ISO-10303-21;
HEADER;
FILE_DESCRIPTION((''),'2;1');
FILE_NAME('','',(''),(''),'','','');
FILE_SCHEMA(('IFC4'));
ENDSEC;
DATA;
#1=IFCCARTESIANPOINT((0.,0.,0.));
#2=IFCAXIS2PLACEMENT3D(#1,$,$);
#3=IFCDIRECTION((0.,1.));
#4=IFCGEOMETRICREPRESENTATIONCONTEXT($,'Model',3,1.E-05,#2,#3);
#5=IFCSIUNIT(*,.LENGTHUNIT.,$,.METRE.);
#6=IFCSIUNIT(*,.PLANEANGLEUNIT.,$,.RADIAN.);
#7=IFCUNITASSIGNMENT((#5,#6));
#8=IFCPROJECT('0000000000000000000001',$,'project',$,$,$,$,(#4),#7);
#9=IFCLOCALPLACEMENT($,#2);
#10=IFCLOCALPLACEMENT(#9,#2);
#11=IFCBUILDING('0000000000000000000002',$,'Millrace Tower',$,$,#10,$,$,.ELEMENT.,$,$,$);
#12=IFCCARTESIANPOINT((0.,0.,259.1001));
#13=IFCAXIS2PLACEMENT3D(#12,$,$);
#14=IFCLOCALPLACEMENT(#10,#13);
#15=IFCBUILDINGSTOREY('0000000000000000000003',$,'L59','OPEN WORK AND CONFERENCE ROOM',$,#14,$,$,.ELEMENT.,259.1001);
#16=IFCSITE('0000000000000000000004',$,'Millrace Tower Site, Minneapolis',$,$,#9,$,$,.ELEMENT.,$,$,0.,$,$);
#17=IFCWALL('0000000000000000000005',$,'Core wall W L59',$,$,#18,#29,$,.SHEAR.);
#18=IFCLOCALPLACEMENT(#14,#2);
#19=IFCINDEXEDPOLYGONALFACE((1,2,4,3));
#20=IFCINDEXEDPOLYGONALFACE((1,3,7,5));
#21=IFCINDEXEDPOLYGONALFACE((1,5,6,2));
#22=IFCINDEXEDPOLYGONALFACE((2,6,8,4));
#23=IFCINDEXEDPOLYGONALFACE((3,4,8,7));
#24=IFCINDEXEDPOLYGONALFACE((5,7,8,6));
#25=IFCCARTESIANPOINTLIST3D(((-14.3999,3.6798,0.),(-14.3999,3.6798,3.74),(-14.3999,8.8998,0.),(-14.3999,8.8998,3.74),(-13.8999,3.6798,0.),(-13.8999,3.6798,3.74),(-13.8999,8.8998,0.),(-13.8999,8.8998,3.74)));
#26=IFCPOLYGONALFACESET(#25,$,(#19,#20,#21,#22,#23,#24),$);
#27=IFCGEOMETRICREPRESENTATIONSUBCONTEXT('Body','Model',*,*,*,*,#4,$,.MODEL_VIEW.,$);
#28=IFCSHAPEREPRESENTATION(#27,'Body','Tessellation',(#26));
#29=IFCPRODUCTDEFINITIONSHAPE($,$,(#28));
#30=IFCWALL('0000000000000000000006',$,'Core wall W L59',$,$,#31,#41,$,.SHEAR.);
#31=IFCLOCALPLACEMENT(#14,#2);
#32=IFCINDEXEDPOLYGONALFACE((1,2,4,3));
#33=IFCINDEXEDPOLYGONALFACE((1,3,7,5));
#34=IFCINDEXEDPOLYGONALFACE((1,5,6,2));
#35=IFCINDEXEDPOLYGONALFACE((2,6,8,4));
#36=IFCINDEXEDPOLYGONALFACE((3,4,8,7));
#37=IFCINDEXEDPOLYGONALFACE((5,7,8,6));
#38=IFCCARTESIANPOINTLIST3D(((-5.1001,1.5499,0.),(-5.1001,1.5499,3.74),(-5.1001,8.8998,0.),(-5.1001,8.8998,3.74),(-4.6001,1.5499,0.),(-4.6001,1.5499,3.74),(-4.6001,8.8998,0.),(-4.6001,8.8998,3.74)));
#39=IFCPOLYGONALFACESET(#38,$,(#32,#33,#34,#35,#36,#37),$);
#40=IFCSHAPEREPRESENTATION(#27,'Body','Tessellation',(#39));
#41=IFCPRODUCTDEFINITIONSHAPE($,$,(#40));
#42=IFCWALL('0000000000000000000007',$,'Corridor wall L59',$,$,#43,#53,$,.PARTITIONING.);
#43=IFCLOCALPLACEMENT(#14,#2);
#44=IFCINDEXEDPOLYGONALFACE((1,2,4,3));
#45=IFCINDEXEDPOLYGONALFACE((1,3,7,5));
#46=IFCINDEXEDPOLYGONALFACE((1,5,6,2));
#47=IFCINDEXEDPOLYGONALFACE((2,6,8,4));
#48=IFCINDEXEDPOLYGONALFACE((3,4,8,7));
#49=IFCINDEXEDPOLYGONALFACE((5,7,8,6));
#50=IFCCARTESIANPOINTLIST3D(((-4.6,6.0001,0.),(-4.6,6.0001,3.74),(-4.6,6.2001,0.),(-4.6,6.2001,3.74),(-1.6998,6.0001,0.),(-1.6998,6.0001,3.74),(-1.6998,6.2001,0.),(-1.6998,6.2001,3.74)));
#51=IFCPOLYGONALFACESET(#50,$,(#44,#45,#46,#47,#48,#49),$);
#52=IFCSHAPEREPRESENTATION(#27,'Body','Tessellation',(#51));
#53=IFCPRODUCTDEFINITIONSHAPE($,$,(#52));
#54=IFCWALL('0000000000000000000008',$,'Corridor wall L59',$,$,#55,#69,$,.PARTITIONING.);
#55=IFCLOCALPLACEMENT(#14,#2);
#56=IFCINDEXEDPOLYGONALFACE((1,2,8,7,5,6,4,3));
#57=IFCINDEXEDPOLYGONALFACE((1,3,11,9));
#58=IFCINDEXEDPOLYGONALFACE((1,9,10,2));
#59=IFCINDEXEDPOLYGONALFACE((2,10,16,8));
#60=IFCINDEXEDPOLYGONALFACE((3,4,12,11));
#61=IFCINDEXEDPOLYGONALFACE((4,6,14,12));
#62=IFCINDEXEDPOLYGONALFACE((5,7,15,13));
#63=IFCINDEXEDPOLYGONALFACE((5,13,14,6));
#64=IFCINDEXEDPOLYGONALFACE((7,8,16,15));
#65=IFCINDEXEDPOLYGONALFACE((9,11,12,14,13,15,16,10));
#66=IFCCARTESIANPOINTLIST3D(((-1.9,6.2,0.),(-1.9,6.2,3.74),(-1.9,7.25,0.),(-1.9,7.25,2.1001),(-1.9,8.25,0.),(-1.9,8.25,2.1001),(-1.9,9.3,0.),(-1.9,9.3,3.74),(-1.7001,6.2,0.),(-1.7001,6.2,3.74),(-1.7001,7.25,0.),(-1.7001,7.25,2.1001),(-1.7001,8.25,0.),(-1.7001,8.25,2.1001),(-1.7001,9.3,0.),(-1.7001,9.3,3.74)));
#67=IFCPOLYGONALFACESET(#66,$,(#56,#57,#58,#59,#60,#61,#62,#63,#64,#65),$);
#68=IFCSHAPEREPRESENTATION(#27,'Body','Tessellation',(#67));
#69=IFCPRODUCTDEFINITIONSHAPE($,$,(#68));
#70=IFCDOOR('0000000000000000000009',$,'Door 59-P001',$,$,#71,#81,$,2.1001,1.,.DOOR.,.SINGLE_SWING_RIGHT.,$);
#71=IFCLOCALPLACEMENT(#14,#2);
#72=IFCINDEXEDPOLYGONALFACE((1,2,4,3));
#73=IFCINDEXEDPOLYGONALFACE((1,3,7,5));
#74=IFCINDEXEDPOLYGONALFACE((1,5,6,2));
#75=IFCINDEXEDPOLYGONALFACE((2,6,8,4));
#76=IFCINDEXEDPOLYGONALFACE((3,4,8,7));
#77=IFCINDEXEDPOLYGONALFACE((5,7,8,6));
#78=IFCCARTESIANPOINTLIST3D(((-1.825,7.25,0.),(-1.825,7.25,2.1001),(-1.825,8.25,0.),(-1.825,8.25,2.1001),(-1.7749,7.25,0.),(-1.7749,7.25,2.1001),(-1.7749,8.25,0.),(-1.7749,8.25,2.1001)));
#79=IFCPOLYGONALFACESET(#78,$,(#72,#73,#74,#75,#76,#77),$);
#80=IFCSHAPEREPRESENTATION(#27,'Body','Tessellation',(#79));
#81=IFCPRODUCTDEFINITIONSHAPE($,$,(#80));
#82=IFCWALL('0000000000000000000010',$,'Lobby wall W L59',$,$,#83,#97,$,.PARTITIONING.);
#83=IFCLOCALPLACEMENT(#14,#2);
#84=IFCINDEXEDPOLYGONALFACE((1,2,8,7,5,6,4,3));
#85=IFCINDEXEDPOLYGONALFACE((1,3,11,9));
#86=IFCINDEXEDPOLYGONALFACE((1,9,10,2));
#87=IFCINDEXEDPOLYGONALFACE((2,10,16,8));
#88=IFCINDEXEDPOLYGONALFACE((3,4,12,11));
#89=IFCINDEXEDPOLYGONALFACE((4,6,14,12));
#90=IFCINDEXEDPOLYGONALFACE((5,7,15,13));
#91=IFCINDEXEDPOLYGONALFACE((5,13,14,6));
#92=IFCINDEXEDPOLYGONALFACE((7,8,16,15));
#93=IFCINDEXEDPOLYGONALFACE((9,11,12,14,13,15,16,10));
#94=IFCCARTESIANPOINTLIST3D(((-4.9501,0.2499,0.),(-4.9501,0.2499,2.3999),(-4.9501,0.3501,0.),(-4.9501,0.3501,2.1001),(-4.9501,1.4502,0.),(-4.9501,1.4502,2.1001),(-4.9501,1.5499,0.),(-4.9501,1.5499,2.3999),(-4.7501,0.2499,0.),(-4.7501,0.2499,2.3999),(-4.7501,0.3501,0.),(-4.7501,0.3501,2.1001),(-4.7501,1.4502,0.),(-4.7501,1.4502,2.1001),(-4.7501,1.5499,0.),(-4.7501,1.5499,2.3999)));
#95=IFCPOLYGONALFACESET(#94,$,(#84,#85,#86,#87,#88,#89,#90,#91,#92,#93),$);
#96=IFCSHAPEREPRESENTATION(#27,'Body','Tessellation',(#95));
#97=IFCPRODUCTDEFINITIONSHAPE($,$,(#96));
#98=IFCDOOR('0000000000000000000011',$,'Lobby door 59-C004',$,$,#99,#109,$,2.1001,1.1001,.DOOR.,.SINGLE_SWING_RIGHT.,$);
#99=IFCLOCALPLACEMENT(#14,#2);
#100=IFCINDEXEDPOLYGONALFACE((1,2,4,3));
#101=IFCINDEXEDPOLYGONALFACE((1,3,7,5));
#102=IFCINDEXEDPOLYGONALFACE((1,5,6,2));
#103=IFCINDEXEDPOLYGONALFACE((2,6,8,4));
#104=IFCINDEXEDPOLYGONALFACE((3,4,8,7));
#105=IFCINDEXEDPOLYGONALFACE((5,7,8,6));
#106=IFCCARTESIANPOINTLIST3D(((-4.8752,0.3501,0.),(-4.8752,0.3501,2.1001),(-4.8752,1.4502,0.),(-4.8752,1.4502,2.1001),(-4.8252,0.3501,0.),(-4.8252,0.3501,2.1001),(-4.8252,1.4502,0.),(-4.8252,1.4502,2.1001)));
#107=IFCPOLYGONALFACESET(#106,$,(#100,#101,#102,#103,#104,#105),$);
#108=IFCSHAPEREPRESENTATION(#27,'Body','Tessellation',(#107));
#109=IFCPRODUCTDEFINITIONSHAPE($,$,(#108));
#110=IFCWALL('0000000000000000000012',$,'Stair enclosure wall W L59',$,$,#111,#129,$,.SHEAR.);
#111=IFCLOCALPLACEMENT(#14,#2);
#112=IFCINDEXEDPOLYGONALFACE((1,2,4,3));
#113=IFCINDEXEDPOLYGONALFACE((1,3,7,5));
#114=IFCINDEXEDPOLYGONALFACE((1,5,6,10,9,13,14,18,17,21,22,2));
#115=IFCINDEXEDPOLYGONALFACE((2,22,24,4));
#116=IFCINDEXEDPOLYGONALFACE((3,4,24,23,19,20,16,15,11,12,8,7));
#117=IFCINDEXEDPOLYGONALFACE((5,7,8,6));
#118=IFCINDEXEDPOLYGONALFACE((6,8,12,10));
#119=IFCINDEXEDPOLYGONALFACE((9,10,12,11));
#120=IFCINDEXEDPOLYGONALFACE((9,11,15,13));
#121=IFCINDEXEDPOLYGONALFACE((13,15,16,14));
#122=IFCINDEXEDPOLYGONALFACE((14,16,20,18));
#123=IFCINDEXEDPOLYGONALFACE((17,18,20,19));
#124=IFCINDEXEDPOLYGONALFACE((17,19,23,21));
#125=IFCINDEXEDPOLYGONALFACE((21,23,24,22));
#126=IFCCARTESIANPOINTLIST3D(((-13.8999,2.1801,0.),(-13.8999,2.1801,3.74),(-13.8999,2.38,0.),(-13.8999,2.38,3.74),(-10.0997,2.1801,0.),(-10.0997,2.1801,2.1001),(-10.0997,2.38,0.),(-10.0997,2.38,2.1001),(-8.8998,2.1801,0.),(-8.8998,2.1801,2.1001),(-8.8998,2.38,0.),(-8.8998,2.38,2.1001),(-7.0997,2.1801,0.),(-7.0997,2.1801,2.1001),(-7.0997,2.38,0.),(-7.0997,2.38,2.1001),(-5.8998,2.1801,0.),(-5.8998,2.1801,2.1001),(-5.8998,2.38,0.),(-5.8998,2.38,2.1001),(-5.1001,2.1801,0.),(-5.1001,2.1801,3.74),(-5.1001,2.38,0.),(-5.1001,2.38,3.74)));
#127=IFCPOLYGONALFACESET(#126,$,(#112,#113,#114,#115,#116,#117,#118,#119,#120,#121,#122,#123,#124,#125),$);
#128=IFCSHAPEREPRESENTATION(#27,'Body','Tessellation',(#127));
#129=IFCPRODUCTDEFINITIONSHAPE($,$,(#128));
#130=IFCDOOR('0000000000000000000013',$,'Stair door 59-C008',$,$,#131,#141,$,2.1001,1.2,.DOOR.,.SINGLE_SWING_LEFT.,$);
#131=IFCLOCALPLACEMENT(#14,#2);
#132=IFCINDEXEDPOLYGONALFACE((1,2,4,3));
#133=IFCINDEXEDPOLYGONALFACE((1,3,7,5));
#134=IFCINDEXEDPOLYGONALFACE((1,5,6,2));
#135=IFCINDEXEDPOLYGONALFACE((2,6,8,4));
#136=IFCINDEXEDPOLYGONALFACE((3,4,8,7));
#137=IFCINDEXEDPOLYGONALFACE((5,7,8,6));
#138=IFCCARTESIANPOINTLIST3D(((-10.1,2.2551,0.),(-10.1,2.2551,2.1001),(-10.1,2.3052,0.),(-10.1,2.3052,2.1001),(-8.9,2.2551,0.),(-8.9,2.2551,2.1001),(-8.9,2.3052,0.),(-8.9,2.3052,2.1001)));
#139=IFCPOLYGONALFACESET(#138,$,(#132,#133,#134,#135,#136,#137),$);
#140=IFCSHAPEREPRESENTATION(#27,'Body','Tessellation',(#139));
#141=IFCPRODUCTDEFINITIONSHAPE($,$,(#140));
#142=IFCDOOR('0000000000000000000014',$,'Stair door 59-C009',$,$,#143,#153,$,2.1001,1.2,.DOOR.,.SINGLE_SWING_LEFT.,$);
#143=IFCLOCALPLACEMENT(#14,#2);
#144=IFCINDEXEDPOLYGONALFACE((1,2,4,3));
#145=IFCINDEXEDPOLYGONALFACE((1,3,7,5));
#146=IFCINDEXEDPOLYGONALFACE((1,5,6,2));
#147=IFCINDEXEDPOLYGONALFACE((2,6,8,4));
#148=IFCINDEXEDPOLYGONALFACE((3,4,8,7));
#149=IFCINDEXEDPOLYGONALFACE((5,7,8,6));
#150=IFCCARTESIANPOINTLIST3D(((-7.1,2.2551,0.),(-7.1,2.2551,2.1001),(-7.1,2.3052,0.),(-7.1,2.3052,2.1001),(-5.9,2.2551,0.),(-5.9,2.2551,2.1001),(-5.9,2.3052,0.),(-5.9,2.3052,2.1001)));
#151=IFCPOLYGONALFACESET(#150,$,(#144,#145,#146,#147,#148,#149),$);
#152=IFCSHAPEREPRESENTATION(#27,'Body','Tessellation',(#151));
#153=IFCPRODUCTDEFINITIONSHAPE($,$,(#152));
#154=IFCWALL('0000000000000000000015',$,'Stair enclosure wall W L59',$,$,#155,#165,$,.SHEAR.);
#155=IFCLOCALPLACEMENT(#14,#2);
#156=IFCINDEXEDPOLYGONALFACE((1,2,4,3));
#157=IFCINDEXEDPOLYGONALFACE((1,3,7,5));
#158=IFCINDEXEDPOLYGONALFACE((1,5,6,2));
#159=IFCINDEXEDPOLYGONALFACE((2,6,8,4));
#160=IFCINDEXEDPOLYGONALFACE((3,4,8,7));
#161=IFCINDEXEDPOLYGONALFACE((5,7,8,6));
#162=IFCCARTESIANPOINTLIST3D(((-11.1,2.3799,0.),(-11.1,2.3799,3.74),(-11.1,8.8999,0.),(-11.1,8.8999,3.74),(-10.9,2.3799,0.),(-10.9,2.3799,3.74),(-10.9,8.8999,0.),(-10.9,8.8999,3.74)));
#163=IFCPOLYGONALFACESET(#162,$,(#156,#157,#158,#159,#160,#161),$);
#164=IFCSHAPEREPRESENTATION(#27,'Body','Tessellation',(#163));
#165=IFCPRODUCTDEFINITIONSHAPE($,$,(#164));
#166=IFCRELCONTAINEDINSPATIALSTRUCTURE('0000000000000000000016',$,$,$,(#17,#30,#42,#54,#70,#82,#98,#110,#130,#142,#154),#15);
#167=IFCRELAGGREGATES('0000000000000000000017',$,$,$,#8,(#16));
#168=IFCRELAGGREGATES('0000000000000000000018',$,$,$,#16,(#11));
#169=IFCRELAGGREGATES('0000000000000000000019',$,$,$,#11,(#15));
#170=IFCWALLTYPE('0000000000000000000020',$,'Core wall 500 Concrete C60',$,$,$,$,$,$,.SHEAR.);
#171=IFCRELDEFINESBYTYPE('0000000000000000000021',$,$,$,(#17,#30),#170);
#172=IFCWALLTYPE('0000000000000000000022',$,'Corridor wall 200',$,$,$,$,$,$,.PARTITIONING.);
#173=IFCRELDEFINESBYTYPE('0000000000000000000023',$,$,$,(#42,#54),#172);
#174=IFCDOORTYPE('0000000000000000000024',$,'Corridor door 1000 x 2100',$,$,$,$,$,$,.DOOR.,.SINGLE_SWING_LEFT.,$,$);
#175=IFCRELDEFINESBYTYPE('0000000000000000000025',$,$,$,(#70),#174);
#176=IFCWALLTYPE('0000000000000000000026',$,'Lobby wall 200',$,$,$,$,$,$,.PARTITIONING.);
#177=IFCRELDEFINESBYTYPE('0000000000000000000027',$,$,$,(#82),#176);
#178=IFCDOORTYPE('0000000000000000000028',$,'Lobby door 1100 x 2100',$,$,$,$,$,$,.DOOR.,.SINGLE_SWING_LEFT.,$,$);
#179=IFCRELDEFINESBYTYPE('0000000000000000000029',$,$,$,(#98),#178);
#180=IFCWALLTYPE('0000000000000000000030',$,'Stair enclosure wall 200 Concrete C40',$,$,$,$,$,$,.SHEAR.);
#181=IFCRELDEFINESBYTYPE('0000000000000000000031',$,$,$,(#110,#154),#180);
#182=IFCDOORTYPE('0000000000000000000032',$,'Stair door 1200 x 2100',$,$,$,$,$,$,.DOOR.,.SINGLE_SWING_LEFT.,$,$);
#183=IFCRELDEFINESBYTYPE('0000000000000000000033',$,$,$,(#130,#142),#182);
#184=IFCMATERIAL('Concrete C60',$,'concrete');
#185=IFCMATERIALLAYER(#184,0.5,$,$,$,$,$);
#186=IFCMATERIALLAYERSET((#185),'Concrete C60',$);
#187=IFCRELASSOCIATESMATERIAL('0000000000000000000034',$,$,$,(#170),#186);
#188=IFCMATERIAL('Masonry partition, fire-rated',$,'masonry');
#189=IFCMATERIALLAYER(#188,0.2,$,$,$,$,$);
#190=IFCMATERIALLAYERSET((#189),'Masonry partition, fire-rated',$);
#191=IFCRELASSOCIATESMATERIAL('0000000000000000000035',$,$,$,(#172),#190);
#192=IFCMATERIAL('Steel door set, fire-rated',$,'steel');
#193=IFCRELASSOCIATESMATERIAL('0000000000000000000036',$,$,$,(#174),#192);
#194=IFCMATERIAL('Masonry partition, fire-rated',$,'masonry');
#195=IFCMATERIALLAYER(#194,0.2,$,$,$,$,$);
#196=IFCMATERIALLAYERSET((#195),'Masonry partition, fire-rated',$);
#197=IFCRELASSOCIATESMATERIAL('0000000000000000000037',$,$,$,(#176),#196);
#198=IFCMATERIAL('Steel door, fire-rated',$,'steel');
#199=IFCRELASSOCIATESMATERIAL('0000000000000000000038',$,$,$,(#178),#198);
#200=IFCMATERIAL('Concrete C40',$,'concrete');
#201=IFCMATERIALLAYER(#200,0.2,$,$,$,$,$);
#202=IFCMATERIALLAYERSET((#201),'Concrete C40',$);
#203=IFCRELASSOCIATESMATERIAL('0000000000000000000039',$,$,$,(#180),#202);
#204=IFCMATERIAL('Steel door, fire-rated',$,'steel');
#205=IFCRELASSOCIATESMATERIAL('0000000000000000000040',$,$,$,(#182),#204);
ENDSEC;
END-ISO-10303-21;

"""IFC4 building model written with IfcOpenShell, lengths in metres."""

from ifc_helpers import new_model, si_unit, direction, frame, frame_2d, origin, place, context, subcontext, project, spatial, rectangle, extrude, material, layer, layer_set, type_object, element, fill, save


model = new_model("IFC4")

# Units and contexts
model_context = context("Model", 3, precision=1e-05, world=origin(), true_north=direction((0.0, 1.0)))
body_context = subcontext(model_context, "Body", "Model", "MODEL_VIEW")
ifc_project = project(units=[si_unit("LENGTHUNIT", "METRE"), si_unit("PLANEANGLEUNIT", "RADIAN")], contexts=[model_context])

# Site, building, storey
site_placement = place(None, origin())
site = spatial("IfcSite", under=ifc_project, at=site_placement, Name="Millrace Tower Site, Minneapolis", CompositionType="ELEMENT", RefElevation=0.0)
building_placement = place(site_placement, origin())
building = spatial("IfcBuilding", under=site, at=building_placement, Name="Millrace Tower", CompositionType="ELEMENT")
storey_placement = place(building_placement, frame((0.0, 0.0, 259.1001)))
storey = spatial("IfcBuildingStorey", under=building, at=storey_placement, Name="L59", Description="OPEN WORK AND CONFERENCE ROOM", CompositionType="ELEMENT", Elevation=259.1001)

# Walls
ifc_material_1 = material(Name="Concrete C60", Category="concrete")
ifc_layer_1 = layer(ifc_material_1, 0.5)
ifc_layer_set_1 = layer_set([ifc_layer_1], Name="Concrete C60")
wall_type_1 = type_object("IfcWallType", Name="Core wall 500 Concrete C60", PredefinedType="SHEAR", material=ifc_layer_set_1)
wall_1_placement = place(storey_placement, frame((-14.1499, 3.6799, 0.0), z_axis=(0.0, 0.0, 1.0), x_axis=(0.0, 1.0, 0.0)))
element("IfcWall", 1, at=wall_1_placement, inside=storey, type_object=wall_type_1, Name="Core wall W L59", PredefinedType="SHEAR", context=body_context, shape_type="SweptSolid", body=[
    extrude(rectangle(XDim=5.22, YDim=0.5, at=frame_2d((2.6099, 0.0))), origin(), (0.0, 0.0, 1.0), 3.74),
])
wall_2_placement = place(storey_placement, frame((-4.8501, 1.55, 0.0), z_axis=(0.0, 0.0, 1.0), x_axis=(0.0, 1.0, 0.0)))
element("IfcWall", 2, at=wall_2_placement, inside=storey, type_object=wall_type_1, Name="Core wall W L59", PredefinedType="SHEAR", context=body_context, shape_type="SweptSolid", body=[
    extrude(rectangle(XDim=7.3499, YDim=0.5, at=frame_2d((3.6748, 0.0))), origin(), (0.0, 0.0, 1.0), 3.74),
])
ifc_material_2 = material(Name="Masonry partition, fire-rated", Category="masonry")
ifc_layer_2 = layer(ifc_material_2, 0.2)
ifc_layer_set_2 = layer_set([ifc_layer_2], Name="Masonry partition, fire-rated")
wall_type_2 = type_object("IfcWallType", Name="Corridor wall 200", PredefinedType="PARTITIONING", material=ifc_layer_set_2)
wall_3_placement = place(storey_placement, frame((-4.6001, 6.1001, 0.0), z_axis=(0.0, 0.0, 1.0), x_axis=(1.0, 0.0, 0.0)))
element("IfcWall", 3, at=wall_3_placement, inside=storey, type_object=wall_type_2, Name="Corridor wall L59", PredefinedType="PARTITIONING", context=body_context, shape_type="SweptSolid", body=[
    extrude(rectangle(XDim=2.9001, YDim=0.2, at=frame_2d((1.4502, 0.0))), origin(), (0.0, 0.0, 1.0), 3.74),
])

# Walls, openings, doors
wall_4_placement = place(storey_placement, frame((-1.8, 6.2, 0.0), z_axis=(0.0, 0.0, 1.0), x_axis=(0.0, 1.0, 0.0)))
wall_4 = element("IfcWall", 4, at=wall_4_placement, inside=storey, type_object=wall_type_2, Name="Corridor wall L59", PredefinedType="PARTITIONING", context=body_context, shape_type="SweptSolid", body=[
    extrude(rectangle(XDim=3.1001, YDim=0.2, at=frame_2d((1.55, 0.0))), origin(), (0.0, 0.0, 1.0), 3.74),
])
opening_1_placement = place(wall_4_placement, frame((1.05, 0.0, 0.0)))
opening_1 = element("IfcOpeningElement", 5, at=opening_1_placement, cuts=wall_4, PredefinedType="OPENING", context=body_context, shape_type="SweptSolid", body=[
    extrude(rectangle(XDim=1.0, YDim=2.1001, at=frame_2d((0.5, 1.05))), frame((0.0, 0.1099, 0.0), z_axis=(0.0, -1.0, 0.0), x_axis=(1.0, 0.0, 0.0)), (0.0, 0.0, 1.0), 0.22),
])
ifc_material_3 = material(Name="Steel door set, fire-rated", Category="steel")
door_type_1 = type_object("IfcDoorType", Name="Corridor door 1000 x 2100", OperationType="SINGLE_SWING_LEFT", PredefinedType="DOOR", material=ifc_material_3)
door_1_placement = place(opening_1_placement, origin())
door_1 = element("IfcDoor", 6, at=door_1_placement, inside=storey, type_object=door_type_1, Name="Door 59-P001", OperationType="SINGLE_SWING_RIGHT", OverallHeight=2.1001, OverallWidth=1.0, PredefinedType="DOOR", context=body_context, shape_type="SweptSolid", body=[
    extrude(rectangle(XDim=1.0, YDim=2.1001, at=frame_2d((0.5, 1.05))), frame((0.0, 0.0249, 0.0), z_axis=(0.0, -1.0, 0.0), x_axis=(1.0, 0.0, 0.0)), (0.0, 0.0, 1.0), 0.05),
])
fill(opening_1, door_1)
ifc_material_4 = material(Name="Masonry partition, fire-rated", Category="masonry")
ifc_layer_3 = layer(ifc_material_4, 0.2)
ifc_layer_set_3 = layer_set([ifc_layer_3], Name="Masonry partition, fire-rated")
wall_type_3 = type_object("IfcWallType", Name="Lobby wall 200", PredefinedType="PARTITIONING", material=ifc_layer_set_3)
wall_5_placement = place(storey_placement, frame((-4.8501, 0.25, 0.0), z_axis=(0.0, 0.0, 1.0), x_axis=(0.0, 1.0, 0.0)))
wall_5 = element("IfcWall", 7, at=wall_5_placement, inside=storey, type_object=wall_type_3, Name="Lobby wall W L59", PredefinedType="PARTITIONING", context=body_context, shape_type="SweptSolid", body=[
    extrude(rectangle(XDim=1.3, YDim=0.2, at=frame_2d((0.6499, 0.0))), origin(), (0.0, 0.0, 1.0), 2.3999),
])
opening_2_placement = place(wall_5_placement, frame((0.1001, 0.0, 0.0)))
opening_2 = element("IfcOpeningElement", 8, at=opening_2_placement, cuts=wall_5, PredefinedType="OPENING", context=body_context, shape_type="SweptSolid", body=[
    extrude(rectangle(XDim=1.1001, YDim=2.1001, at=frame_2d((0.55, 1.05))), frame((0.0, 0.1099, 0.0), z_axis=(0.0, -1.0, 0.0), x_axis=(1.0, 0.0, 0.0)), (0.0, 0.0, 1.0), 0.22),
])
ifc_material_5 = material(Name="Steel door, fire-rated", Category="steel")
door_type_2 = type_object("IfcDoorType", Name="Lobby door 1100 x 2100", OperationType="SINGLE_SWING_LEFT", PredefinedType="DOOR", material=ifc_material_5)
door_2_placement = place(opening_2_placement, frame((1.1001, 0.0, 0.0), z_axis=(0.0, 0.0, 1.0), x_axis=(-1.0, 0.0, 0.0)))
door_2 = element("IfcDoor", 9, at=door_2_placement, inside=storey, type_object=door_type_2, Name="Lobby door 59-C004", OperationType="SINGLE_SWING_RIGHT", OverallHeight=2.1001, OverallWidth=1.1001, PredefinedType="DOOR", context=body_context, shape_type="SweptSolid", body=[
    extrude(rectangle(XDim=1.1001, YDim=2.1001, at=frame_2d((0.55, 1.05))), frame((0.0, 0.0249, 0.0), z_axis=(0.0, -1.0, 0.0), x_axis=(1.0, 0.0, 0.0)), (0.0, 0.0, 1.0), 0.05),
])
fill(opening_2, door_2)

# Wall, openings, doors
ifc_material_6 = material(Name="Concrete C40", Category="concrete")
ifc_layer_4 = layer(ifc_material_6, 0.2)
ifc_layer_set_4 = layer_set([ifc_layer_4], Name="Concrete C40")
wall_type_4 = type_object("IfcWallType", Name="Stair enclosure wall 200 Concrete C40", PredefinedType="SHEAR", material=ifc_layer_set_4)
wall_6_placement = place(storey_placement, frame((-13.8999, 2.28, 0.0), z_axis=(0.0, 0.0, 1.0), x_axis=(1.0, 0.0, 0.0)))
wall_6 = element("IfcWall", 10, at=wall_6_placement, inside=storey, type_object=wall_type_4, Name="Stair enclosure wall W L59", PredefinedType="SHEAR", context=body_context, shape_type="SweptSolid", body=[
    extrude(rectangle(XDim=8.7998, YDim=0.2, at=frame_2d((4.3999, 0.0))), origin(), (0.0, 0.0, 1.0), 3.74),
])
opening_3_placement = place(wall_6_placement, frame((3.8, 0.0, 0.0)))
opening_3 = element("IfcOpeningElement", 11, at=opening_3_placement, cuts=wall_6, PredefinedType="OPENING", context=body_context, shape_type="SweptSolid", body=[
    extrude(rectangle(XDim=1.2, YDim=2.1001, at=frame_2d((0.6001, 1.05))), frame((0.0, 0.1099, 0.0), z_axis=(0.0, -1.0, 0.0), x_axis=(1.0, 0.0, 0.0)), (0.0, 0.0, 1.0), 0.22),
])
opening_4_placement = place(wall_6_placement, frame((6.8, 0.0, 0.0)))
opening_4 = element("IfcOpeningElement", 12, at=opening_4_placement, cuts=wall_6, PredefinedType="OPENING", context=body_context, shape_type="SweptSolid", body=[
    extrude(rectangle(XDim=1.2, YDim=2.1001, at=frame_2d((0.6001, 1.05))), frame((0.0, 0.1099, 0.0), z_axis=(0.0, -1.0, 0.0), x_axis=(1.0, 0.0, 0.0)), (0.0, 0.0, 1.0), 0.22),
])
ifc_material_7 = material(Name="Steel door, fire-rated", Category="steel")
door_type_3 = type_object("IfcDoorType", Name="Stair door 1200 x 2100", OperationType="SINGLE_SWING_LEFT", PredefinedType="DOOR", material=ifc_material_7)
door_3_placement = place(opening_3_placement, frame((1.2, 0.0, 0.0), z_axis=(0.0, 0.0, 1.0), x_axis=(-1.0, 0.0, 0.0)))
door_3 = element("IfcDoor", 13, at=door_3_placement, inside=storey, type_object=door_type_3, Name="Stair door 59-C008", OperationType="SINGLE_SWING_LEFT", OverallHeight=2.1001, OverallWidth=1.2, PredefinedType="DOOR", context=body_context, shape_type="SweptSolid", body=[
    extrude(rectangle(XDim=1.2, YDim=2.1001, at=frame_2d((0.6001, 1.05))), frame((0.0, 0.0249, 0.0), z_axis=(0.0, -1.0, 0.0), x_axis=(1.0, 0.0, 0.0)), (0.0, 0.0, 1.0), 0.05),
])
fill(opening_3, door_3)
door_4_placement = place(opening_4_placement, frame((1.2, 0.0, 0.0), z_axis=(0.0, 0.0, 1.0), x_axis=(-1.0, 0.0, 0.0)))
door_4 = element("IfcDoor", 14, at=door_4_placement, inside=storey, type_object=door_type_3, Name="Stair door 59-C009", OperationType="SINGLE_SWING_LEFT", OverallHeight=2.1001, OverallWidth=1.2, PredefinedType="DOOR", context=body_context, shape_type="SweptSolid", body=[
    extrude(rectangle(XDim=1.2, YDim=2.1001, at=frame_2d((0.6001, 1.05))), frame((0.0, 0.0249, 0.0), z_axis=(0.0, -1.0, 0.0), x_axis=(1.0, 0.0, 0.0)), (0.0, 0.0, 1.0), 0.05),
])
fill(opening_4, door_4)

# Wall
for number, where, z_axis, x_axis, name in (
    (15, (-11.0, 2.3799, 0.0), (0.0, 0.0, 1.0), (0.0, 1.0, 0.0), "Stair enclosure wall W L59"),
):
    element("IfcWall", number, at=place(storey_placement, frame(where, z_axis=z_axis, x_axis=x_axis)), inside=storey, type_object=wall_type_4, Name=name, PredefinedType="SHEAR", context=body_context, shape_type="SweptSolid", body=[
        extrude(rectangle(XDim=6.52, YDim=0.2, at=frame_2d((3.26, 0.0))), origin(), (0.0, 0.0, 1.0), 3.74),
    ])

save(model, "model.ifc")
